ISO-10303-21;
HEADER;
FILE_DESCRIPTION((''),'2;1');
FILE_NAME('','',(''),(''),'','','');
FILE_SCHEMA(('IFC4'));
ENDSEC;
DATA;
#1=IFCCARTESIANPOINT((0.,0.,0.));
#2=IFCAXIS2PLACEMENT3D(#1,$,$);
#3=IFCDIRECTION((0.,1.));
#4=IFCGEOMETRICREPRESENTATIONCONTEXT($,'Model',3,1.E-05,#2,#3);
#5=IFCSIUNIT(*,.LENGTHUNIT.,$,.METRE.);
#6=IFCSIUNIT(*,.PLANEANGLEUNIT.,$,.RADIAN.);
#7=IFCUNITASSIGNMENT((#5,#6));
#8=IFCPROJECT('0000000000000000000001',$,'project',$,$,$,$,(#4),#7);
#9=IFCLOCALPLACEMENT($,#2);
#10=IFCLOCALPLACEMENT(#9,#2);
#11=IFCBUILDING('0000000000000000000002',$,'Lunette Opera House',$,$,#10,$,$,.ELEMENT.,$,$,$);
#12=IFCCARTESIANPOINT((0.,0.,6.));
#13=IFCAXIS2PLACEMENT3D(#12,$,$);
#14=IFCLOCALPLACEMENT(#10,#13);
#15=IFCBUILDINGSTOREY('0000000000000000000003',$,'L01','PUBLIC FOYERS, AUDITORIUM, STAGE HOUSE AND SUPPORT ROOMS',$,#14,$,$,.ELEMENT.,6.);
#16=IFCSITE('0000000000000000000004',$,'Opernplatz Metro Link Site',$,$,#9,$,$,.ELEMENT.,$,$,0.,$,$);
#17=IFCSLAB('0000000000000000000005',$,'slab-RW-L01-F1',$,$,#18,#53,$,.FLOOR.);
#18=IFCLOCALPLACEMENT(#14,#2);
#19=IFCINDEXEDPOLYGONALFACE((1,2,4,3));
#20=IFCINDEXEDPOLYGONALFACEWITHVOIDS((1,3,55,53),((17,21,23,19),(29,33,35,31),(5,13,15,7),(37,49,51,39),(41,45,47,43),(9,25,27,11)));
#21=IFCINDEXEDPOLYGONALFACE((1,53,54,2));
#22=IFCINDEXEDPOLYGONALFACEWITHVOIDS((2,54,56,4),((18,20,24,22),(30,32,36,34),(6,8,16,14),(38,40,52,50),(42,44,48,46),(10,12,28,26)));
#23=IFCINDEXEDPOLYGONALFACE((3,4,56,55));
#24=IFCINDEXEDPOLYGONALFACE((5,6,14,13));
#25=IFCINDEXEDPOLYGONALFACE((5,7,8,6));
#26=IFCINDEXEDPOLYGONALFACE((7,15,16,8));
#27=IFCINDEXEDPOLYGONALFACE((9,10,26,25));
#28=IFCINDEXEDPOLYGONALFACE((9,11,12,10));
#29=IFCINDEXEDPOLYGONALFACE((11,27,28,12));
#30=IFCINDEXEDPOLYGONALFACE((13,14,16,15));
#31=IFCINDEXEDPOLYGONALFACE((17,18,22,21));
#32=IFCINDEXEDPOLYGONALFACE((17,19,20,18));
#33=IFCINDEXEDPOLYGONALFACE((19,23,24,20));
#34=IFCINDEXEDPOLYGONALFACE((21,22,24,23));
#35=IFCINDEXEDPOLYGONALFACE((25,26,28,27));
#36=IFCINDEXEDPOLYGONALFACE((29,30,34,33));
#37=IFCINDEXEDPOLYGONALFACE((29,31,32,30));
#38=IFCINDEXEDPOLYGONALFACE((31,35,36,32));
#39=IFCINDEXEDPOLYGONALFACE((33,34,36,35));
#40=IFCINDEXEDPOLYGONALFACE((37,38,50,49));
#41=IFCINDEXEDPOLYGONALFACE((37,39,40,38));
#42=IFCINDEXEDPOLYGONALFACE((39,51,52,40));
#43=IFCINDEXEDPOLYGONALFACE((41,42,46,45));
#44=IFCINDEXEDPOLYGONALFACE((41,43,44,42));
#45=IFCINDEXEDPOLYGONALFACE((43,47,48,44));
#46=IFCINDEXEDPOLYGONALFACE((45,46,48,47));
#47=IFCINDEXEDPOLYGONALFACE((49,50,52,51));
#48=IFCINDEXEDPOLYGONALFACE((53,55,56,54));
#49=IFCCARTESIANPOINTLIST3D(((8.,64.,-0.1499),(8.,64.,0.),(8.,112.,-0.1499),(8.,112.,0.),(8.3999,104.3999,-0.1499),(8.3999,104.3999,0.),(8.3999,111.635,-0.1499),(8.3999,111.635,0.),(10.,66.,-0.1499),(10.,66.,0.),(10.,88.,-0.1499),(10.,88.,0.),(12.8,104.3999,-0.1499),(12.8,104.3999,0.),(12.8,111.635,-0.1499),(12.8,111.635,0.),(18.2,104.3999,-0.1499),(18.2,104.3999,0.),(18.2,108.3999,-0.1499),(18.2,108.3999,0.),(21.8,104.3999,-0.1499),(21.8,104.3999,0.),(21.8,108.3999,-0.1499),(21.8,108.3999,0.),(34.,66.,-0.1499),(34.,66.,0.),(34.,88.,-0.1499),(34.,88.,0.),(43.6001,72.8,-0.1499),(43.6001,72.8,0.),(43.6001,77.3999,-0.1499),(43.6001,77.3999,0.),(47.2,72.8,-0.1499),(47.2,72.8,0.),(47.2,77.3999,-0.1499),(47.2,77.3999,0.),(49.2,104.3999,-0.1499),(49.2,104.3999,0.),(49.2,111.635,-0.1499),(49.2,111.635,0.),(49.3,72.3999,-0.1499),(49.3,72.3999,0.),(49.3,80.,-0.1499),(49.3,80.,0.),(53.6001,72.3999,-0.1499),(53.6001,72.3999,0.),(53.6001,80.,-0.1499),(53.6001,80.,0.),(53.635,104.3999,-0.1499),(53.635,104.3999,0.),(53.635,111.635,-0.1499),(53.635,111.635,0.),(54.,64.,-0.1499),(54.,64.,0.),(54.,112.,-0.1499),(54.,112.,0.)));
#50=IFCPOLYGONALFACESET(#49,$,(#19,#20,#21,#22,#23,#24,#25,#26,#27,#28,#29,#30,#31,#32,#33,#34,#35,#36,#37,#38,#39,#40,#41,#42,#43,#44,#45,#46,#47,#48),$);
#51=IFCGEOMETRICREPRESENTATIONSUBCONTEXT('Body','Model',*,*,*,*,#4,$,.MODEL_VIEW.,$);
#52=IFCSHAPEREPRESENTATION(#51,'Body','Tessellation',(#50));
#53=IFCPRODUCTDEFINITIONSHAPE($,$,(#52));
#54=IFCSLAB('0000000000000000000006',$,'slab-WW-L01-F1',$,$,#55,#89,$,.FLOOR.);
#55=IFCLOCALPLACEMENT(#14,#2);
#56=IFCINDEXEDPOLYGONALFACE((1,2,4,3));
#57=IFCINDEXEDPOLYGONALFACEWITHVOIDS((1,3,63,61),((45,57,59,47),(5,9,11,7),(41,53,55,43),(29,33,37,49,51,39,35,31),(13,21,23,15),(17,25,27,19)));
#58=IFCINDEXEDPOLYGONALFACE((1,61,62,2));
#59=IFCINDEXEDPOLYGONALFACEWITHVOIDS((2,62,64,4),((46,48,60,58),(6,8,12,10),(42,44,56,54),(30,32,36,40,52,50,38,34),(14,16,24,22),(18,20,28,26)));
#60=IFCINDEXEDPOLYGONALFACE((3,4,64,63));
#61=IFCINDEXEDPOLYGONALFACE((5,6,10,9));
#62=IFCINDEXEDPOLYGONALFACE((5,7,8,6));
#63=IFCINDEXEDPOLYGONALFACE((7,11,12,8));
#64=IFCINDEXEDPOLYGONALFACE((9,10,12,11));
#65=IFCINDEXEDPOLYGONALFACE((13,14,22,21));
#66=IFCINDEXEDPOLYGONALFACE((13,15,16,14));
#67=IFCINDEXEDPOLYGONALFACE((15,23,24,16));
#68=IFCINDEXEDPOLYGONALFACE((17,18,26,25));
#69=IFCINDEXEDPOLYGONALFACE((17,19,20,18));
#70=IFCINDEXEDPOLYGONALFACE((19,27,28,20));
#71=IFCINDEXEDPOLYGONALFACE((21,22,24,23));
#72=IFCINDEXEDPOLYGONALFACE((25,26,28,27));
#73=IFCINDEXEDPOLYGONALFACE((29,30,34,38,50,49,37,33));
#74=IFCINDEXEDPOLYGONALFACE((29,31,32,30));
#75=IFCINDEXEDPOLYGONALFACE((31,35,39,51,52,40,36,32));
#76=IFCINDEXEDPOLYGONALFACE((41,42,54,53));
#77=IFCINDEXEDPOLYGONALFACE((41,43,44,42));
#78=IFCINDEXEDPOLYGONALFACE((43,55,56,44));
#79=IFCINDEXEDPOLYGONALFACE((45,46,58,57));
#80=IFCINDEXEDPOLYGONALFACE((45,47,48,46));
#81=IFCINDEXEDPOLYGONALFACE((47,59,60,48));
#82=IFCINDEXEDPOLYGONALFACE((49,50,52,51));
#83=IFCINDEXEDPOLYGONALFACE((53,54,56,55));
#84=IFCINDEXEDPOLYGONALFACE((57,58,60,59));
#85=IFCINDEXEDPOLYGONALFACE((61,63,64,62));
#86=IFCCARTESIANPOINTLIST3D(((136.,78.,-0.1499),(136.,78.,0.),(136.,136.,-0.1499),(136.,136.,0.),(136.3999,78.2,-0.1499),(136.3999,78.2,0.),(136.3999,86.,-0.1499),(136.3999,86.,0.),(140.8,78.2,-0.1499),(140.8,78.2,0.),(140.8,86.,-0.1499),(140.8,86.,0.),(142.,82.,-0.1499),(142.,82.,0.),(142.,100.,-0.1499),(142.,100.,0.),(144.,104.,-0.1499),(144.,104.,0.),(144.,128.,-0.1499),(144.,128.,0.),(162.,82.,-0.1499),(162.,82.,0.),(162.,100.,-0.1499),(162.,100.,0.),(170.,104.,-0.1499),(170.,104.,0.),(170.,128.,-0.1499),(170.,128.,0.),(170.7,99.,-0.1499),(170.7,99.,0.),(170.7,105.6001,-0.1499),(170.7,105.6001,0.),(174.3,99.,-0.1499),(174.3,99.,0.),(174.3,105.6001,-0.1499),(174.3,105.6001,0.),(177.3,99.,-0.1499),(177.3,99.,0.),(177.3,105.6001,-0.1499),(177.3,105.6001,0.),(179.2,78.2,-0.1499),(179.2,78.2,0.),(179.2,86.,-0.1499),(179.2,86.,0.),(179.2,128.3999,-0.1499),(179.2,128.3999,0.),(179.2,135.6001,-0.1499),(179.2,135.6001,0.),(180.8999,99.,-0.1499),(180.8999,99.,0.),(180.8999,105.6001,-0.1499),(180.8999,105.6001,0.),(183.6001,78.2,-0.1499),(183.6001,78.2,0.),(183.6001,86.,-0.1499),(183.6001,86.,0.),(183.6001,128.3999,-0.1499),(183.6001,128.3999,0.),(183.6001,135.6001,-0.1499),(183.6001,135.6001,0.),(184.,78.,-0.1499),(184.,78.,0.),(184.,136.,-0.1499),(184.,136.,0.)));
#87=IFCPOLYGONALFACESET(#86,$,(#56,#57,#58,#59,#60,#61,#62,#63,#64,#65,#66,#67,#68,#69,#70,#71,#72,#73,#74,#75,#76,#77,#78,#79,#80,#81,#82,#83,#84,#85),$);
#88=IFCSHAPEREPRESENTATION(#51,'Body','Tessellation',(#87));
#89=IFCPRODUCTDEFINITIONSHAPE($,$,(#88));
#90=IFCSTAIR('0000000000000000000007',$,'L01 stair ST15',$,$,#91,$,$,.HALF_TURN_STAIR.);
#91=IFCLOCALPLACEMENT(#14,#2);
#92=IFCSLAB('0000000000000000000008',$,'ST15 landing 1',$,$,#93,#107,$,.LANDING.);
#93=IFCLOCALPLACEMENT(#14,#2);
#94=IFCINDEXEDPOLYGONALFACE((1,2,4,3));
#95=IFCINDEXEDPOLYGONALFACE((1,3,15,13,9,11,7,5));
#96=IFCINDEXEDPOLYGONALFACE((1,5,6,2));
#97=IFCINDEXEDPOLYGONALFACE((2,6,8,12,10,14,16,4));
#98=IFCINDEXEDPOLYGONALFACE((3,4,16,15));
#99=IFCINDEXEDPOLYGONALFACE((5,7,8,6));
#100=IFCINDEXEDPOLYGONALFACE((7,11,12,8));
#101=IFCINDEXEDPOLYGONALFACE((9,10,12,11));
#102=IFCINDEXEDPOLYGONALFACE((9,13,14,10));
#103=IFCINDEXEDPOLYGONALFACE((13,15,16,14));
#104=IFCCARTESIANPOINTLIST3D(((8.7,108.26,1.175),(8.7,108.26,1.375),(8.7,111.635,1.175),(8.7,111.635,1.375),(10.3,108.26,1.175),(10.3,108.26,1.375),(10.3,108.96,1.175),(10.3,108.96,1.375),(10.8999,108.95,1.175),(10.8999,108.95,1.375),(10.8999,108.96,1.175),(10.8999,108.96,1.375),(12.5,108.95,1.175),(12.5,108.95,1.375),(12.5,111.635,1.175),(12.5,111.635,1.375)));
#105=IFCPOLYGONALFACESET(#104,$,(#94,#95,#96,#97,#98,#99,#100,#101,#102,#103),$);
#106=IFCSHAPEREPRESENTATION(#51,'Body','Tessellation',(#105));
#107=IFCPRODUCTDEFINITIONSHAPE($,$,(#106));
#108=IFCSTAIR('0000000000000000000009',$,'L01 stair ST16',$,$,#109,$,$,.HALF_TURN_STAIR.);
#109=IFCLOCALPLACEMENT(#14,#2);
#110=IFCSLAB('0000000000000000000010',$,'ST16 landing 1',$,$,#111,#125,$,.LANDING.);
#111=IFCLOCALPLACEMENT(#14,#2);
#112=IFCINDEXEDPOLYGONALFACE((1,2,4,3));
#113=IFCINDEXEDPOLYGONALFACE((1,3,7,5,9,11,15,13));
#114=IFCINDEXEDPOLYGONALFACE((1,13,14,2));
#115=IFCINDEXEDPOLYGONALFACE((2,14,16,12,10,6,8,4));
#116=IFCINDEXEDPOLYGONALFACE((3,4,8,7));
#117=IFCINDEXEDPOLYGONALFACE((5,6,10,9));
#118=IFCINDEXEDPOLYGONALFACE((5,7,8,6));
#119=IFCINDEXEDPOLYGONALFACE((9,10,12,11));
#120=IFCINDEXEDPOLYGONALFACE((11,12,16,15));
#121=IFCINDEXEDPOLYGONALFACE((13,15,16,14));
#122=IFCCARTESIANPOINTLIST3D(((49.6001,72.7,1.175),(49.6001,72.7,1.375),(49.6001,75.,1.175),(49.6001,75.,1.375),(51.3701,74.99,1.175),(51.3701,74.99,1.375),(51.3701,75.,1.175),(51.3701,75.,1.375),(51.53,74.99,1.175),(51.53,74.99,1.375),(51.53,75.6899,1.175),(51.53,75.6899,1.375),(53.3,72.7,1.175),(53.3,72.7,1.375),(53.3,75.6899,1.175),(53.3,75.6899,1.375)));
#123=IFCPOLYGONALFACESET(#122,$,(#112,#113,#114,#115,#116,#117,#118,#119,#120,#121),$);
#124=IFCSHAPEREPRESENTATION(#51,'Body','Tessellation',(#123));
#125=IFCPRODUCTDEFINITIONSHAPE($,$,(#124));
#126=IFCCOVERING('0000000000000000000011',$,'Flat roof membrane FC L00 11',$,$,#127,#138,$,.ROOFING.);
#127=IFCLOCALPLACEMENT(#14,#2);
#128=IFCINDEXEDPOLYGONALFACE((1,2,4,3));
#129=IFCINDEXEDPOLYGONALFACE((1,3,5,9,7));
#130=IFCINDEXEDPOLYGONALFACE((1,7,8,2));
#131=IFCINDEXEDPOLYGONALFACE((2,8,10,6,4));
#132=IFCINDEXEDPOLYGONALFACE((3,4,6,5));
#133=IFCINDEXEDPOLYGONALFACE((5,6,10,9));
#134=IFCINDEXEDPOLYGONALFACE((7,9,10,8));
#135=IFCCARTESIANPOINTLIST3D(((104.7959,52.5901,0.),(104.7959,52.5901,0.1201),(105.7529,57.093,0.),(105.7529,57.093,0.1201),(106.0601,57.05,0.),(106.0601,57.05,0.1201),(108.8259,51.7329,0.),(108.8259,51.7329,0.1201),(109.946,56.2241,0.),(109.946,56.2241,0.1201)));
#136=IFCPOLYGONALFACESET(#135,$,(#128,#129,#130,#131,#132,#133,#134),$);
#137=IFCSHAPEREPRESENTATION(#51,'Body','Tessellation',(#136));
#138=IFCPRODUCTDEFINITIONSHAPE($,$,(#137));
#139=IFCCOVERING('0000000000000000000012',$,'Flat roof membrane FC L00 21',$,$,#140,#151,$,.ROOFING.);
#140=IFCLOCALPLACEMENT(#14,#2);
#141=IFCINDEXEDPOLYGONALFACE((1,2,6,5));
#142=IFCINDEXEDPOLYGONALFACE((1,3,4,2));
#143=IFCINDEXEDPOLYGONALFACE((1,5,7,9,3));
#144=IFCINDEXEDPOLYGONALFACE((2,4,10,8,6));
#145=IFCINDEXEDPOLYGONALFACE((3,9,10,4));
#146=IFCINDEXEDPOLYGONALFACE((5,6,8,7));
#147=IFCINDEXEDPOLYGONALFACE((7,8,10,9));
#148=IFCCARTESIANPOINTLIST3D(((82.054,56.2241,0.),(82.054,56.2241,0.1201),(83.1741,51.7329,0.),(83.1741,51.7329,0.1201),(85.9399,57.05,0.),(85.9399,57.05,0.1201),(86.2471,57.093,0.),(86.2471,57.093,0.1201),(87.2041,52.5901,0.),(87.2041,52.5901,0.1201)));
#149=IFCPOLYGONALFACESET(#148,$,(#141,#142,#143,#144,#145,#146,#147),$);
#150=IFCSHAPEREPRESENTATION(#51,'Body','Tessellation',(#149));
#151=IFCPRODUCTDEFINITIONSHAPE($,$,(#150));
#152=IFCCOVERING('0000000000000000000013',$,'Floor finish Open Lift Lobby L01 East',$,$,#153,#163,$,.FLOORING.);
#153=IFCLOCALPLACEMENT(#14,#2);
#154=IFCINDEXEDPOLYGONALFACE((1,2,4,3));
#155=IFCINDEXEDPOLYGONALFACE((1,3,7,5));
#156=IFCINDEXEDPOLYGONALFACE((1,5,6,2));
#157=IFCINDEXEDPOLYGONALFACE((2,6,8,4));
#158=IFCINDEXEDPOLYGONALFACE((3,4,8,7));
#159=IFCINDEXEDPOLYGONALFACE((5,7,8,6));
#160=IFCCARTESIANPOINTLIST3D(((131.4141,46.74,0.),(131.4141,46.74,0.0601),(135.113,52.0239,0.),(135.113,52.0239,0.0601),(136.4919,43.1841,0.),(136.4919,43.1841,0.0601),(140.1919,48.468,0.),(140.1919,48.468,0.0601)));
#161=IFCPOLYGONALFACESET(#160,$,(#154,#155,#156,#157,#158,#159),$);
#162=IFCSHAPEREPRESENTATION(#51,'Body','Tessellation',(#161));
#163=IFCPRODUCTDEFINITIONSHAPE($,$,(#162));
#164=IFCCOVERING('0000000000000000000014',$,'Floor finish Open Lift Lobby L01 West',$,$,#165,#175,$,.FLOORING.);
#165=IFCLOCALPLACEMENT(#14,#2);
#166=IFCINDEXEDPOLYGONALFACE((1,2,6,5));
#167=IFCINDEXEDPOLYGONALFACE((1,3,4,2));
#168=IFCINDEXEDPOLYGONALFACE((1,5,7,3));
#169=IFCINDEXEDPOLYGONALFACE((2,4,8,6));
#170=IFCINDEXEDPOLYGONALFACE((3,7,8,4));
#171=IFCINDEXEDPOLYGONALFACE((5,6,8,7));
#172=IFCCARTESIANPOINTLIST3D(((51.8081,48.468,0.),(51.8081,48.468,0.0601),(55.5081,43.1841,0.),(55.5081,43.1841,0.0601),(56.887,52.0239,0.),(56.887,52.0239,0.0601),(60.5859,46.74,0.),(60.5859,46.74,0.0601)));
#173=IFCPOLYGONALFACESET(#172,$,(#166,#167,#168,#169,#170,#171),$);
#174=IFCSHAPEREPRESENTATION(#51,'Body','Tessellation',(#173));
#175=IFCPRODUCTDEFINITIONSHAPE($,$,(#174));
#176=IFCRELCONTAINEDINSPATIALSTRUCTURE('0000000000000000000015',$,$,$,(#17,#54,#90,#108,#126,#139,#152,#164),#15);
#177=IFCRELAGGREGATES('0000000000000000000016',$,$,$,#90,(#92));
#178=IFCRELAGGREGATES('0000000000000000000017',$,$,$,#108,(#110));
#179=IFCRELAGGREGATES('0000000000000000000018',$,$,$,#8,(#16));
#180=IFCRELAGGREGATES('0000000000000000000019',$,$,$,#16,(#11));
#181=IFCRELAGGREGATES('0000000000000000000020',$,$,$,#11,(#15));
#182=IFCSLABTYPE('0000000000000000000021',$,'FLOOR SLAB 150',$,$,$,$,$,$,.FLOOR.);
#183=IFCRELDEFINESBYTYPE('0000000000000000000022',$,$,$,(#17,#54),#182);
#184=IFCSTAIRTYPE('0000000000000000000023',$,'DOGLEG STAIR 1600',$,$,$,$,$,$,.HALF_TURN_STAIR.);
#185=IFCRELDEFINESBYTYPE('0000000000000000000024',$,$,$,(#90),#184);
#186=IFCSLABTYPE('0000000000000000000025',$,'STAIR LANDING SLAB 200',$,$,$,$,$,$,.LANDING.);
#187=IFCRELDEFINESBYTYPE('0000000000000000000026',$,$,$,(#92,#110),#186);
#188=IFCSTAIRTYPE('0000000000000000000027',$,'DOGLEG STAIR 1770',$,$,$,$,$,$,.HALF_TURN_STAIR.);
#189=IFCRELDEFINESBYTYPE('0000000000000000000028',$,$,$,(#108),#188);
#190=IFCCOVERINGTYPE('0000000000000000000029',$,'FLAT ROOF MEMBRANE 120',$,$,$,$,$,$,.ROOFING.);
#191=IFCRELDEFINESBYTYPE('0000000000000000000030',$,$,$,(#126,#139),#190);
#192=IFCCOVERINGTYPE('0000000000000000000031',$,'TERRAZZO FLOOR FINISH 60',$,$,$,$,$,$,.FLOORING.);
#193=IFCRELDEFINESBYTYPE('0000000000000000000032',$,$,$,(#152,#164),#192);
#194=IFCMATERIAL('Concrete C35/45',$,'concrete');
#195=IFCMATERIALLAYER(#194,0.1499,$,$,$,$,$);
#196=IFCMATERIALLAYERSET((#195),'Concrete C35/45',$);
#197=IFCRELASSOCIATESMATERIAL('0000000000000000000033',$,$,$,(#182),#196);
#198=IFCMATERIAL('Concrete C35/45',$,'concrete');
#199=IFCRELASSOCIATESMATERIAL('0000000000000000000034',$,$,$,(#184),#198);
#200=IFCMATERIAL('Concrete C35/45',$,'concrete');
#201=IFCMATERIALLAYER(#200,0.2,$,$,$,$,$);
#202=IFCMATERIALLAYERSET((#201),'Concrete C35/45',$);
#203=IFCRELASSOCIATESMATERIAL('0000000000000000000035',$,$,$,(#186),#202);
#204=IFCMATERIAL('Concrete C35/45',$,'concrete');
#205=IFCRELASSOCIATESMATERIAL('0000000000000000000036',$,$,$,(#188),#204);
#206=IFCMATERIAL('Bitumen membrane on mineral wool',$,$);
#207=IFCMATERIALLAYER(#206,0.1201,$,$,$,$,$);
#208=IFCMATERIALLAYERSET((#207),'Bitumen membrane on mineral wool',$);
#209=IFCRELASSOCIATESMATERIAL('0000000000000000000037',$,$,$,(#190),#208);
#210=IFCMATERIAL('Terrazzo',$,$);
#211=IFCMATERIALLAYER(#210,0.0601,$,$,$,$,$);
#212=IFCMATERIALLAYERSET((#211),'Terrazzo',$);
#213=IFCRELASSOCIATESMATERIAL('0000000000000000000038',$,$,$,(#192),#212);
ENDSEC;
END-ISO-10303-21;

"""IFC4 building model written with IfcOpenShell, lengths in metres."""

from ifc_helpers import new_model, si_unit, direction, frame, origin, place, context, subcontext, project, spatial, polyline, outline, extrude, material, layer, layer_set, type_object, element, aggregate, save


model = new_model("IFC4")

# Units and contexts
model_context = context("Model", 3, precision=1e-05, world=origin(), true_north=direction((0.0, 1.0)))
body_context = subcontext(model_context, "Body", "Model", "MODEL_VIEW")
ifc_project = project(units=[si_unit("LENGTHUNIT", "METRE"), si_unit("PLANEANGLEUNIT", "RADIAN")], contexts=[model_context])

# Site, building, storey
site_placement = place(None, origin())
site = spatial("IfcSite", under=ifc_project, at=site_placement, Name="Opernplatz Metro Link Site", CompositionType="ELEMENT", RefElevation=0.0)
building_placement = place(site_placement, origin())
building = spatial("IfcBuilding", under=site, at=building_placement, Name="Lunette Opera House", CompositionType="ELEMENT")
storey_placement = place(building_placement, frame((0.0, 0.0, 6.0)))
storey = spatial("IfcBuildingStorey", under=building, at=storey_placement, Name="L01", Description="PUBLIC FOYERS, AUDITORIUM, STAGE HOUSE AND SUPPORT ROOMS", CompositionType="ELEMENT", Elevation=6.0)

# Slabs
ifc_material_1 = material(Name="Concrete C35/45", Category="concrete")
ifc_layer_1 = layer(ifc_material_1, 0.1499)
ifc_layer_set_1 = layer_set([ifc_layer_1], Name="Concrete C35/45")
slab_type_1 = type_object("IfcSlabType", Name="FLOOR SLAB 150", PredefinedType="FLOOR", material=ifc_layer_set_1)
slab_1_placement = place(storey_placement, frame((0.0, 0.0, -0.1499)))
element("IfcSlab", 1, at=slab_1_placement, inside=storey, type_object=slab_type_1, Name="slab-RW-L01-F1", PredefinedType="FLOOR", context=body_context, shape_type="SweptSolid", body=[
    extrude(outline(polyline([(8.0, 112.0), (8.0, 64.0), (54.0, 64.0), (54.0, 112.0), (8.0, 112.0)]), holes=[polyline([(10.0, 88.0), (34.0, 88.0), (34.0, 66.0), (10.0, 66.0), (10.0, 88.0)]), polyline([(43.6001, 72.8), (43.6001, 77.3999), (47.2, 77.3999), (47.2, 72.8), (43.6001, 72.8)]), polyline([(49.3, 72.3999), (49.3, 80.0), (53.6001, 80.0), (53.6001, 72.3999), (49.3, 72.3999)]), polyline([(18.2, 104.3999), (18.2, 108.3999), (21.8, 108.3999), (21.8, 104.3999), (18.2, 104.3999)]), polyline([(8.3999, 111.635), (12.8, 111.635), (12.8, 104.3999), (8.3999, 104.3999), (8.3999, 111.635)]), polyline([(49.2, 111.635), (53.635, 111.635), (53.635, 104.3999), (49.2, 104.3999), (49.2, 111.635)])]), origin(), (0.0, 0.0, 1.0), 0.1499),
])
slab_2_placement = place(storey_placement, frame((0.0, 0.0, -0.1499)))
element("IfcSlab", 2, at=slab_2_placement, inside=storey, type_object=slab_type_1, Name="slab-WW-L01-F1", PredefinedType="FLOOR", context=body_context, shape_type="SweptSolid", body=[
    extrude(outline(polyline([(136.0, 136.0), (136.0, 78.0), (184.0, 78.0), (184.0, 136.0), (136.0, 136.0)]), holes=[polyline([(162.0, 100.0), (162.0, 82.0), (142.0, 82.0), (142.0, 100.0), (162.0, 100.0)]), polyline([(170.0, 128.0), (170.0, 104.0), (144.0, 104.0), (144.0, 128.0), (170.0, 128.0)]), polyline([(136.3999, 78.2), (136.3999, 86.0), (140.8, 86.0), (140.8, 78.2), (136.3999, 78.2)]), polyline([(179.2, 86.0), (183.6001, 86.0), (183.6001, 78.2), (179.2, 78.2), (179.2, 86.0)]), polyline([(170.7, 105.6001), (174.3, 105.6001), (177.3, 105.6001), (180.8999, 105.6001), (180.8999, 99.0), (177.3, 99.0), (174.3, 99.0), (170.7, 99.0), (170.7, 105.6001)]), polyline([(179.2, 135.6001), (183.6001, 135.6001), (183.6001, 128.3999), (179.2, 128.3999), (179.2, 135.6001)])]), origin(), (0.0, 0.0, 1.0), 0.1499),
])

# Stairs, slabs
ifc_material_2 = material(Name="Concrete C35/45", Category="concrete")
stair_type_1 = type_object("IfcStairType", Name="DOGLEG STAIR 1600", PredefinedType="HALF_TURN_STAIR", material=ifc_material_2)
stair_1_placement = place(storey_placement, origin())
stair_1 = element("IfcStair", 3, at=stair_1_placement, inside=storey, type_object=stair_type_1, Name="L01 stair ST15", PredefinedType="HALF_TURN_STAIR")
ifc_material_3 = material(Name="Concrete C35/45", Category="concrete")
ifc_layer_2 = layer(ifc_material_3, 0.2)
ifc_layer_set_2 = layer_set([ifc_layer_2], Name="Concrete C35/45")
slab_type_2 = type_object("IfcSlabType", Name="STAIR LANDING SLAB 200", PredefinedType="LANDING", material=ifc_layer_set_2)
slab_3_placement = place(storey_placement, frame((0.0, 0.0, 1.175)))
slab_3 = element("IfcSlab", 4, at=slab_3_placement, type_object=slab_type_2, Name="ST15 landing 1", PredefinedType="LANDING", context=body_context, shape_type="SweptSolid", body=[
    extrude(outline(polyline([(12.5, 108.95), (10.8999, 108.95), (10.8999, 108.96), (10.3, 108.96), (10.3, 108.26), (8.7, 108.26), (8.7, 111.635), (12.5, 111.635), (12.5, 108.95)])), origin(), (0.0, 0.0, 1.0), 0.2),
])
aggregate(stair_1, [slab_3])
ifc_material_4 = material(Name="Concrete C35/45", Category="concrete")
stair_type_2 = type_object("IfcStairType", Name="DOGLEG STAIR 1770", PredefinedType="HALF_TURN_STAIR", material=ifc_material_4)
stair_2_placement = place(storey_placement, origin())
stair_2 = element("IfcStair", 5, at=stair_2_placement, inside=storey, type_object=stair_type_2, Name="L01 stair ST16", PredefinedType="HALF_TURN_STAIR")
slab_4_placement = place(storey_placement, frame((0.0, 0.0, 1.175)))
slab_4 = element("IfcSlab", 6, at=slab_4_placement, type_object=slab_type_2, Name="ST16 landing 1", PredefinedType="LANDING", context=body_context, shape_type="SweptSolid", body=[
    extrude(outline(polyline([(49.6001, 72.7), (49.6001, 75.0), (51.3701, 75.0), (51.3701, 74.99), (51.53, 74.99), (51.53, 75.6899), (53.3, 75.6899), (53.3, 72.7), (49.6001, 72.7)])), origin(), (0.0, 0.0, 1.0), 0.2),
])
aggregate(stair_2, [slab_4])

# Coverings
ifc_material_5 = material(Name="Bitumen membrane on mineral wool")
ifc_layer_3 = layer(ifc_material_5, 0.1201)
ifc_layer_set_3 = layer_set([ifc_layer_3], Name="Bitumen membrane on mineral wool")
covering_type_1 = type_object("IfcCoveringType", Name="FLAT ROOF MEMBRANE 120", PredefinedType="ROOFING", material=ifc_layer_set_3)
covering_1_placement = place(storey_placement, origin())
element("IfcCovering", 7, at=covering_1_placement, inside=storey, type_object=covering_type_1, Name="Flat roof membrane FC L00 11", PredefinedType="ROOFING", context=body_context, shape_type="SweptSolid", body=[
    extrude(outline(polyline([(104.7959, 52.5901), (105.7529, 57.093), (106.0601, 57.05), (109.946, 56.2241), (108.8259, 51.7329), (104.7959, 52.5901)])), origin(), (0.0, 0.0, 1.0), 0.1201),
])
covering_2_placement = place(storey_placement, origin())
element("IfcCovering", 8, at=covering_2_placement, inside=storey, type_object=covering_type_1, Name="Flat roof membrane FC L00 21", PredefinedType="ROOFING", context=body_context, shape_type="SweptSolid", body=[
    extrude(outline(polyline([(87.2041, 52.5901), (83.1741, 51.7329), (82.054, 56.2241), (85.9399, 57.05), (86.2471, 57.093), (87.2041, 52.5901)])), origin(), (0.0, 0.0, 1.0), 0.1201),
])
ifc_material_6 = material(Name="Terrazzo")
ifc_layer_4 = layer(ifc_material_6, 0.0601)
ifc_layer_set_4 = layer_set([ifc_layer_4], Name="Terrazzo")
covering_type_2 = type_object("IfcCoveringType", Name="TERRAZZO FLOOR FINISH 60", PredefinedType="FLOORING", material=ifc_layer_set_4)
covering_3_placement = place(storey_placement, origin())
element("IfcCovering", 9, at=covering_3_placement, inside=storey, type_object=covering_type_2, Name="Floor finish Open Lift Lobby L01 East", PredefinedType="FLOORING", context=body_context, shape_type="SweptSolid", body=[
    extrude(outline(polyline([(131.4141, 46.74), (136.4919, 43.1841), (140.1919, 48.468), (135.113, 52.0239), (131.4141, 46.74)])), origin(), (0.0, 0.0, 1.0), 0.0601),
])
covering_4_placement = place(storey_placement, origin())
element("IfcCovering", 10, at=covering_4_placement, inside=storey, type_object=covering_type_2, Name="Floor finish Open Lift Lobby L01 West", PredefinedType="FLOORING", context=body_context, shape_type="SweptSolid", body=[
    extrude(outline(polyline([(60.5859, 46.74), (56.887, 52.0239), (51.8081, 48.468), (55.5081, 43.1841), (60.5859, 46.74)])), origin(), (0.0, 0.0, 1.0), 0.0601),
])

save(model, "model.ifc")
